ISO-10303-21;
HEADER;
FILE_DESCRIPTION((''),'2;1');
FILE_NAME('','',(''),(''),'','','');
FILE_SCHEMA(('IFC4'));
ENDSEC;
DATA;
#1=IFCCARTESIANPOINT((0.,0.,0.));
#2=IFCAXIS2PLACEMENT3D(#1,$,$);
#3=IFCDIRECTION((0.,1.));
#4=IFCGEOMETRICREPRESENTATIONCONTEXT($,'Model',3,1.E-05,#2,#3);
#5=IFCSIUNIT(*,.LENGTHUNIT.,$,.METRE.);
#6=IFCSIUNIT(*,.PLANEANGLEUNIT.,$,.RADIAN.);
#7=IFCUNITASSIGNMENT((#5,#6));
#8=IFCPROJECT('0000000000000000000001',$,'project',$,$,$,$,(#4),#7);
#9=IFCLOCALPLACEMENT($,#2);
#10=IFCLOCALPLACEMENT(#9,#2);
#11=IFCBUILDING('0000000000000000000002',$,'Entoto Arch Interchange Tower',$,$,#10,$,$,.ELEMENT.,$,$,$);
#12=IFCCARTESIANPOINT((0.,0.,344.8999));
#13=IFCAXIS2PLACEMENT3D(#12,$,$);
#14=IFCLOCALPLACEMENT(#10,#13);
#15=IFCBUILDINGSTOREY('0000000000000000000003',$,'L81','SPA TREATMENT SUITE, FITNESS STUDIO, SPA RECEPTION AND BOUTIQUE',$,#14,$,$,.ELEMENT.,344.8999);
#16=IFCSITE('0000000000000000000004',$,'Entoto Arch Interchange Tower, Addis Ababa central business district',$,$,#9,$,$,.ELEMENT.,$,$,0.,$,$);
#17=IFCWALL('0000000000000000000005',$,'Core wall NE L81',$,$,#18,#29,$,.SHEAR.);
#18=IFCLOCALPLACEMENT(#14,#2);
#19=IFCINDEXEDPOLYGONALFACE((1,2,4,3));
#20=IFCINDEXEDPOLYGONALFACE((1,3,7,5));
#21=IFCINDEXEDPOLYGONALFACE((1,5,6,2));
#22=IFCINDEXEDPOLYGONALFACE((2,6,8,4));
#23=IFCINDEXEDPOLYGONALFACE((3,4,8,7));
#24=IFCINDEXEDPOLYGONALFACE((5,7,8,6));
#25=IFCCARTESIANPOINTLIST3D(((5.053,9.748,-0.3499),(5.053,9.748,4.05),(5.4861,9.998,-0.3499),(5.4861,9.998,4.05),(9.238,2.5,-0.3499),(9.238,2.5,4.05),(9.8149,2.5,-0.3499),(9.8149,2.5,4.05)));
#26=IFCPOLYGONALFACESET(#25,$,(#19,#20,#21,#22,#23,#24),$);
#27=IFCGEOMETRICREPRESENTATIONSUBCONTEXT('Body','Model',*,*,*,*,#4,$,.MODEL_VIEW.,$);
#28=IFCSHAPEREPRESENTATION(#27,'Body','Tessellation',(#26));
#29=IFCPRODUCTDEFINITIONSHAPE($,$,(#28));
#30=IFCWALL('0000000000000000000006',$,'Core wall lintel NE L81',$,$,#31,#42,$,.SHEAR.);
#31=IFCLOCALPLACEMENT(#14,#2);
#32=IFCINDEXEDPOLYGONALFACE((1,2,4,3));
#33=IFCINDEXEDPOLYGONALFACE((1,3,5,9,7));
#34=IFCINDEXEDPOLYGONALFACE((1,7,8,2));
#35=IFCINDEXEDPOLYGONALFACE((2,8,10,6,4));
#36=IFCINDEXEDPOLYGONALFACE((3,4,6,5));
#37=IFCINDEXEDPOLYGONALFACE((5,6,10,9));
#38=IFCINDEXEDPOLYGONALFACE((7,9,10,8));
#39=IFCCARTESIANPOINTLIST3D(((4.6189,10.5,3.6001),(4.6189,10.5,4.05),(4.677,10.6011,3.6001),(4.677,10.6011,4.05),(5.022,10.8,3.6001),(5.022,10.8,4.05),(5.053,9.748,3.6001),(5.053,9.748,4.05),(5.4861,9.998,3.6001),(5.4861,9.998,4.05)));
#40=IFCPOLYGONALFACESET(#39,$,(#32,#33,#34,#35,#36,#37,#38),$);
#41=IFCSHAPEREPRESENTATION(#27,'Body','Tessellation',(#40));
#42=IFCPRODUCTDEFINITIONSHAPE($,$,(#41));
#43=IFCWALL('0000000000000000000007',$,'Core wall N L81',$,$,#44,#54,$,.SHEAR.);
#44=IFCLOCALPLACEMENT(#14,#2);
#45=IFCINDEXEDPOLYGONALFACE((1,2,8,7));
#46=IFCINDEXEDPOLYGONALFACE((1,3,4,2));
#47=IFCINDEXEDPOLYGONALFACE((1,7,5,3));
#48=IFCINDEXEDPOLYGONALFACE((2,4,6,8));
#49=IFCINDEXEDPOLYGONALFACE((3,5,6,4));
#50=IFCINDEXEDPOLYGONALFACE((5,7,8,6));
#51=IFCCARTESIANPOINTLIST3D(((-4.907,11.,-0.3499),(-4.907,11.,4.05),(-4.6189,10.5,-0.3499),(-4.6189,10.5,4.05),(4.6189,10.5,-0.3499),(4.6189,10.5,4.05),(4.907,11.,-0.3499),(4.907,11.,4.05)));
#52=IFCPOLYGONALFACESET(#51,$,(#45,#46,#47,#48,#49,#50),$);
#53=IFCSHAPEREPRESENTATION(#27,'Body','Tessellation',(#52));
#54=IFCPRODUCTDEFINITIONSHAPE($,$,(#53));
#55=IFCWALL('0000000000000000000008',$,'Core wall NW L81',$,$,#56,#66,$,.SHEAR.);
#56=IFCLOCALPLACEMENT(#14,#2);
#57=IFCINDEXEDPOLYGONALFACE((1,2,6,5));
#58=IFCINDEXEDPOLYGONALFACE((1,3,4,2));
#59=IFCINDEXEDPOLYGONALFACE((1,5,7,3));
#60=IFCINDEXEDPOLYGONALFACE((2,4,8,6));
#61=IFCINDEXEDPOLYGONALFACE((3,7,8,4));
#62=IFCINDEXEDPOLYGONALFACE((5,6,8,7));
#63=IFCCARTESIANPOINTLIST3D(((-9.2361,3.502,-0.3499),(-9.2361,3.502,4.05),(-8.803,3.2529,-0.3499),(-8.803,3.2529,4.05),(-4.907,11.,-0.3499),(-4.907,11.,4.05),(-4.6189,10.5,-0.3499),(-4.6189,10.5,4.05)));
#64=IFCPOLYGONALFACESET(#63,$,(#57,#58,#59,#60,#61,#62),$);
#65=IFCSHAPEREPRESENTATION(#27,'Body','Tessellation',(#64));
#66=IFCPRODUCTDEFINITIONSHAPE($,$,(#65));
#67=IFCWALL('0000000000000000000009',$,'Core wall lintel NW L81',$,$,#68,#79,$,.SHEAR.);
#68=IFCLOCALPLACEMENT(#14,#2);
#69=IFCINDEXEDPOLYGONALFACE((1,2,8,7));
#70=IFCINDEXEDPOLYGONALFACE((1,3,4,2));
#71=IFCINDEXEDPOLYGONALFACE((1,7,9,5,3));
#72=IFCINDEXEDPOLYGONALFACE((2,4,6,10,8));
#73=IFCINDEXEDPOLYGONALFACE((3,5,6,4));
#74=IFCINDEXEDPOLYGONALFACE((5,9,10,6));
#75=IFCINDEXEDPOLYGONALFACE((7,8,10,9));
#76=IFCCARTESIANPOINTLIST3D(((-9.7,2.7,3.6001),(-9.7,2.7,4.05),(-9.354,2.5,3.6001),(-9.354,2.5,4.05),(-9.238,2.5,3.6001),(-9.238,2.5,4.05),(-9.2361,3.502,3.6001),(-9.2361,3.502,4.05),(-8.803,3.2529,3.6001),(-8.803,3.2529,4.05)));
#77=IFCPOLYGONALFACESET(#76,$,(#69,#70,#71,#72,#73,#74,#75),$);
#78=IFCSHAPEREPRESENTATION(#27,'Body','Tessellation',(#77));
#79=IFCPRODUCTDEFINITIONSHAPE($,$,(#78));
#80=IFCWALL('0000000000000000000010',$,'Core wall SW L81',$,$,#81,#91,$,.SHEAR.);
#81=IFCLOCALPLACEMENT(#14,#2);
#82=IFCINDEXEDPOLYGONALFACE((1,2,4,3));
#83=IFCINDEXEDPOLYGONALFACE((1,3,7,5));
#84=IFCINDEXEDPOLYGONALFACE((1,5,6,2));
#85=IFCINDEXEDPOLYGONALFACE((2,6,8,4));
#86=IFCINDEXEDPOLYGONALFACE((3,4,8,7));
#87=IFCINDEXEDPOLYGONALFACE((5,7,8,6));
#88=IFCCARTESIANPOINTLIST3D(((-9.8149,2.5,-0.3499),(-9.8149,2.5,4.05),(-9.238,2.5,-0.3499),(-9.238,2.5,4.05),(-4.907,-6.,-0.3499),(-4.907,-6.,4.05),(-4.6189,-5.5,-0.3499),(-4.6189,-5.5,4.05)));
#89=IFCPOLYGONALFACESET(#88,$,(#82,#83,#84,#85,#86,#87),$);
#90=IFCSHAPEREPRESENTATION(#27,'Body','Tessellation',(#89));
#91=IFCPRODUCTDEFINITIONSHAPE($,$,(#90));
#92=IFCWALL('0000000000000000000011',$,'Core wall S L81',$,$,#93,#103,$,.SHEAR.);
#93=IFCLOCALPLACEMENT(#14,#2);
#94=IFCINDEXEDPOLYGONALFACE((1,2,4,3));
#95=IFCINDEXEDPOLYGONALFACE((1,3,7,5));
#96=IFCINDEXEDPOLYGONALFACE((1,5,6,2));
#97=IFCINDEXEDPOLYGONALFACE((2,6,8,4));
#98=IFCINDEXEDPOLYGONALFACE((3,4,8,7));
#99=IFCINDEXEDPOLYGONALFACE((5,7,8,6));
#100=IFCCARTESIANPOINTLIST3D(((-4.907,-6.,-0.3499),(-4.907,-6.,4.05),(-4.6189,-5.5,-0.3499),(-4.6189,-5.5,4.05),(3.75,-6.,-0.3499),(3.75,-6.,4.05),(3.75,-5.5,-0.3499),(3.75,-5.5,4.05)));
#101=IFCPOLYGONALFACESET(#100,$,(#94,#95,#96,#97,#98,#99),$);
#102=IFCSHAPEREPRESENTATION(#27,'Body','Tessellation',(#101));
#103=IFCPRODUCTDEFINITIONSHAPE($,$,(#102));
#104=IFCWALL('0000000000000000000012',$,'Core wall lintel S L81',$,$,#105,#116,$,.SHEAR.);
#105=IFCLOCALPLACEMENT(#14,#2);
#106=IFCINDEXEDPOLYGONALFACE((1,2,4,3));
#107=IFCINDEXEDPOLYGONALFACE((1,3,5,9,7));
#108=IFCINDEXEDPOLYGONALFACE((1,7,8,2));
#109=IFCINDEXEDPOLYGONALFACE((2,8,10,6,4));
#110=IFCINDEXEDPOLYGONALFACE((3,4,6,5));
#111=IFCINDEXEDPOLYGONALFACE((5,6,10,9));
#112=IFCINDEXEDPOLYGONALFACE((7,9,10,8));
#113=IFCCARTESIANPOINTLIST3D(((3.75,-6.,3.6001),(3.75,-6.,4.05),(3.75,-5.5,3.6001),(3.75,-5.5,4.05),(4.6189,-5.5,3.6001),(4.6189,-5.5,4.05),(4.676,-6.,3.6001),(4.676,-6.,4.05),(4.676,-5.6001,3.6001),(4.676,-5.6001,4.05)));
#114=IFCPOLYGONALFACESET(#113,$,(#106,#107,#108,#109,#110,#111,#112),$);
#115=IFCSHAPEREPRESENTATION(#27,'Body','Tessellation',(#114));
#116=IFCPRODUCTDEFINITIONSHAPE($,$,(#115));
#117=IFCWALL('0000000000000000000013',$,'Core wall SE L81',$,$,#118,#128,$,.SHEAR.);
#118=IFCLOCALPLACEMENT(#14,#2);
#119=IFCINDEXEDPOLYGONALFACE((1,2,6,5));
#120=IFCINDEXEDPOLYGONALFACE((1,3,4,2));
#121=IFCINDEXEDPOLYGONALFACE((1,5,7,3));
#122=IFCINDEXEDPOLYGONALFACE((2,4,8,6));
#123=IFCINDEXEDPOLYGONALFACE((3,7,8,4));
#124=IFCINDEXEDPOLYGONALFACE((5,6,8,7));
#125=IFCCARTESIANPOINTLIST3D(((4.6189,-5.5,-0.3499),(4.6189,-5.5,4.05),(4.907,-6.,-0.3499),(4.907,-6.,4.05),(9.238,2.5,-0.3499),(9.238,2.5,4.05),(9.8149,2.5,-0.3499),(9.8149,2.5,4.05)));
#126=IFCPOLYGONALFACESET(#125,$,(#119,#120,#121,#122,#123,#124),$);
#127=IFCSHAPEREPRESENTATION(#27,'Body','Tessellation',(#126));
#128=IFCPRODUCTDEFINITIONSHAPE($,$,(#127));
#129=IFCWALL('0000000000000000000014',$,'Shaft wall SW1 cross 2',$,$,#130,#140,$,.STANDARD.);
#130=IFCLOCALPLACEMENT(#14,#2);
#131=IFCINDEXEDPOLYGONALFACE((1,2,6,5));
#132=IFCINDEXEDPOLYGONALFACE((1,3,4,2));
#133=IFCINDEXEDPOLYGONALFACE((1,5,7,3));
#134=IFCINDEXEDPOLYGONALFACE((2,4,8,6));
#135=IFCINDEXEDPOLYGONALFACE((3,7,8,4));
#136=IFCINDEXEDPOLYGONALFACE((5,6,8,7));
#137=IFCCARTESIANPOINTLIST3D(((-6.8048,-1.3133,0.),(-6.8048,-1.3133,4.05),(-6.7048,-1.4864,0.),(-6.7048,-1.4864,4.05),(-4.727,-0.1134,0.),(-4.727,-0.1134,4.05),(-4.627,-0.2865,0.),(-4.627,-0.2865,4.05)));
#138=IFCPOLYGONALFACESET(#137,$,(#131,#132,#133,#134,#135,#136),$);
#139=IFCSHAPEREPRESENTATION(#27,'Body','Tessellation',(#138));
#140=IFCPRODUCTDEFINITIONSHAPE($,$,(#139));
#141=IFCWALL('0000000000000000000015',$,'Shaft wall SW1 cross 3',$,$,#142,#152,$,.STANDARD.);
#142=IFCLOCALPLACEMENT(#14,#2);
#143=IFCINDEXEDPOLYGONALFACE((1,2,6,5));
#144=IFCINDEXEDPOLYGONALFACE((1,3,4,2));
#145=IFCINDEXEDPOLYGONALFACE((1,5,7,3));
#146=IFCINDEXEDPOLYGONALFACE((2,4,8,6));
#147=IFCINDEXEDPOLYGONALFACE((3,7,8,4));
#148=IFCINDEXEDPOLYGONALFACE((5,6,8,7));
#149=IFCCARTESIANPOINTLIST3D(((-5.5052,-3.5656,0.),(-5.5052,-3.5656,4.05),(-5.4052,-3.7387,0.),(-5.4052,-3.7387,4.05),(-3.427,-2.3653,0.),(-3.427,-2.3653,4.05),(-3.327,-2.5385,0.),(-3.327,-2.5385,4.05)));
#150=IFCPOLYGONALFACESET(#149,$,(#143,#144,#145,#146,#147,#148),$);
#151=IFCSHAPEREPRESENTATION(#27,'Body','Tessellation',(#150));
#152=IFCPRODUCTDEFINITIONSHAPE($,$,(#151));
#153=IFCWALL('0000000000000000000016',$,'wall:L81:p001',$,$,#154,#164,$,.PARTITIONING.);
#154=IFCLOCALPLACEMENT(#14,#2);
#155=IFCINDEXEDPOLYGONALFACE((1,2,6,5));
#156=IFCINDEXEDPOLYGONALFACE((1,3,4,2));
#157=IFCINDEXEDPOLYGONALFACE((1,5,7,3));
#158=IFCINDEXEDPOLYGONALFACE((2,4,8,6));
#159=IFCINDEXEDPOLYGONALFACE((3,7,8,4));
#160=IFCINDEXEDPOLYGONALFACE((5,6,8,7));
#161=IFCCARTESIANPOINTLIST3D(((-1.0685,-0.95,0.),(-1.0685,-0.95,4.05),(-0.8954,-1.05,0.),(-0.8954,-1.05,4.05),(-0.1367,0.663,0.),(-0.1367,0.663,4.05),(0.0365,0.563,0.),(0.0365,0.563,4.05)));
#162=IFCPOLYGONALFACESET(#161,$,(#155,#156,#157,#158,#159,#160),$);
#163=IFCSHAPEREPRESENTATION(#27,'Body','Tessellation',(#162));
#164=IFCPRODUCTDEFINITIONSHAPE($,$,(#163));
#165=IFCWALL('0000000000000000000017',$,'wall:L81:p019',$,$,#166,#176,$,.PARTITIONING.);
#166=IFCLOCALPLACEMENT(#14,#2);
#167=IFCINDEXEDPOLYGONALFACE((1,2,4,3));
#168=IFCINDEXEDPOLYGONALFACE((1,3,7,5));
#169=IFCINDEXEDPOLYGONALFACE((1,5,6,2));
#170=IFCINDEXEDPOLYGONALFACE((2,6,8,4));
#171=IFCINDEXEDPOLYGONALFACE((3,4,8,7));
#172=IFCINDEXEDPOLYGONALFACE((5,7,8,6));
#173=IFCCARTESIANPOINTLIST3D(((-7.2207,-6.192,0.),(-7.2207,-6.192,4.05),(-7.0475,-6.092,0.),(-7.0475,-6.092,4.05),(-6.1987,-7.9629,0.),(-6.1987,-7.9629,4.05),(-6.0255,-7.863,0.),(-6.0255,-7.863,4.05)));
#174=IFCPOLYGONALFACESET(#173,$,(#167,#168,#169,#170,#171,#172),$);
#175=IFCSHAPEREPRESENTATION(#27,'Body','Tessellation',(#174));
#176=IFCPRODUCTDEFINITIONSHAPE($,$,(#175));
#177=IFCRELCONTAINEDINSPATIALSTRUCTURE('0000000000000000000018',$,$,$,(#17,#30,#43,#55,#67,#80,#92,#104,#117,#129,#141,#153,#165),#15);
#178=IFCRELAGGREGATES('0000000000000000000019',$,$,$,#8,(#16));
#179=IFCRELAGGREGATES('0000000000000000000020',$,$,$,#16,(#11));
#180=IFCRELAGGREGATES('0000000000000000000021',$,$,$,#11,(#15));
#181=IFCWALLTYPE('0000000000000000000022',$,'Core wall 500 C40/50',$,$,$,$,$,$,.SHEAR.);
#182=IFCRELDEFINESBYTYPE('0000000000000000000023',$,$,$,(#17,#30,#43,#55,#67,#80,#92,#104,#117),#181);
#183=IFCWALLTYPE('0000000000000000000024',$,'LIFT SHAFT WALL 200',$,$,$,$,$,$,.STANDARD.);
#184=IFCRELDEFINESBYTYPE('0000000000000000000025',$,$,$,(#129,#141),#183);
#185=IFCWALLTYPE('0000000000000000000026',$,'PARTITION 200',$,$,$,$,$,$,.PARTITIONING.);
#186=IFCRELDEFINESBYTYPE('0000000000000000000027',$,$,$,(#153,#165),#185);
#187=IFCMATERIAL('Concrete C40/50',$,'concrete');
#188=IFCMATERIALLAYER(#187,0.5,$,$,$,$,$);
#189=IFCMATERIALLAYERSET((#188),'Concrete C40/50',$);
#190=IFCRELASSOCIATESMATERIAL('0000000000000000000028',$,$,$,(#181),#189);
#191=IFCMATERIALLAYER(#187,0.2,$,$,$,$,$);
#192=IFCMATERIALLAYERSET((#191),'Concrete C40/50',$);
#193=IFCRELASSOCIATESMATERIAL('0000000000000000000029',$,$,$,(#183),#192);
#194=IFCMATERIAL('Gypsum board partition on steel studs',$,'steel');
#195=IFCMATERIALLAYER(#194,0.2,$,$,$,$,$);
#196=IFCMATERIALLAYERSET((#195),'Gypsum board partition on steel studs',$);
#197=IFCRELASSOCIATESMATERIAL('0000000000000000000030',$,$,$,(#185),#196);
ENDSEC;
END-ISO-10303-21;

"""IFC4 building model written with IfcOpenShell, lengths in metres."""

from ifc_helpers import new_model, si_unit, direction, frame, frame_2d, origin, place, context, subcontext, project, spatial, polyline, rectangle, outline, extrude, material, layer, layer_set, type_object, element, save


model = new_model("IFC4")

# Units and contexts
model_context = context("Model", 3, precision=1e-05, world=origin(), true_north=direction((0.0, 1.0)))
body_context = subcontext(model_context, "Body", "Model", "MODEL_VIEW")
ifc_project = project(units=[si_unit("LENGTHUNIT", "METRE"), si_unit("PLANEANGLEUNIT", "RADIAN")], contexts=[model_context])

# Site, building, storey
site_placement = place(None, origin())
site = spatial("IfcSite", under=ifc_project, at=site_placement, Name="Entoto Arch Interchange Tower, Addis Ababa central business district", CompositionType="ELEMENT", RefElevation=0.0)
building_placement = place(site_placement, origin())
building = spatial("IfcBuilding", under=site, at=building_placement, Name="Entoto Arch Interchange Tower", CompositionType="ELEMENT")
storey_placement = place(building_placement, frame((0.0, 0.0, 344.8999)))
storey = spatial("IfcBuildingStorey", under=building, at=storey_placement, Name="L81", Description="SPA TREATMENT SUITE, FITNESS STUDIO, SPA RECEPTION AND BOUTIQUE", CompositionType="ELEMENT", Elevation=344.8999)

# Shared definitions
ifc_material_1 = material(Name="Concrete C40/50", Category="concrete")

# Walls
ifc_layer_1 = layer(ifc_material_1, 0.5)
ifc_layer_set_1 = layer_set([ifc_layer_1], Name="Concrete C40/50")
wall_type_1 = type_object("IfcWallType", Name="Core wall 500 C40/50", PredefinedType="SHEAR", material=ifc_layer_set_1)
wall_1_placement = place(storey_placement, frame((0.0, 0.0, -0.3499)))
element("IfcWall", 1, at=wall_1_placement, inside=storey, type_object=wall_type_1, Name="Core wall NE L81", PredefinedType="SHEAR", context=body_context, shape_type="SweptSolid", body=[
    extrude(outline(polyline([(5.4861, 9.998), (5.053, 9.748), (9.238, 2.5), (9.8149, 2.5), (5.4861, 9.998)])), origin(), (0.0, 0.0, 1.0), 4.3999),
])
wall_2_placement = place(storey_placement, frame((0.0, 0.0, 3.6001)))
element("IfcWall", 2, at=wall_2_placement, inside=storey, type_object=wall_type_1, Name="Core wall lintel NE L81", PredefinedType="SHEAR", context=body_context, shape_type="SweptSolid", body=[
    extrude(outline(polyline([(5.022, 10.8), (4.677, 10.6011), (4.6189, 10.5), (5.053, 9.748), (5.4861, 9.998), (5.022, 10.8)])), origin(), (0.0, 0.0, 1.0), 0.45),
])
wall_3_placement = place(storey_placement, frame((0.0, 0.0, -0.3499)))
element("IfcWall", 3, at=wall_3_placement, inside=storey, type_object=wall_type_1, Name="Core wall N L81", PredefinedType="SHEAR", context=body_context, shape_type="SweptSolid", body=[
    extrude(outline(polyline([(4.907, 11.0), (-4.907, 11.0), (-4.6189, 10.5), (4.6189, 10.5), (4.907, 11.0)])), origin(), (0.0, 0.0, 1.0), 4.3999),
])
wall_4_placement = place(storey_placement, frame((0.0, 0.0, -0.3499)))
element("IfcWall", 4, at=wall_4_placement, inside=storey, type_object=wall_type_1, Name="Core wall NW L81", PredefinedType="SHEAR", context=body_context, shape_type="SweptSolid", body=[
    extrude(outline(polyline([(-9.2361, 3.502), (-8.803, 3.2529), (-4.6189, 10.5), (-4.907, 11.0), (-9.2361, 3.502)])), origin(), (0.0, 0.0, 1.0), 4.3999),
])
wall_5_placement = place(storey_placement, frame((0.0, 0.0, 3.6001)))
element("IfcWall", 5, at=wall_5_placement, inside=storey, type_object=wall_type_1, Name="Core wall lintel NW L81", PredefinedType="SHEAR", context=body_context, shape_type="SweptSolid", body=[
    extrude(outline(polyline([(-9.7, 2.7), (-9.354, 2.5), (-9.238, 2.5), (-8.803, 3.2529), (-9.2361, 3.502), (-9.7, 2.7)])), origin(), (0.0, 0.0, 1.0), 0.45),
])
wall_6_placement = place(storey_placement, frame((0.0, 0.0, -0.3499)))
element("IfcWall", 6, at=wall_6_placement, inside=storey, type_object=wall_type_1, Name="Core wall SW L81", PredefinedType="SHEAR", context=body_context, shape_type="SweptSolid", body=[
    extrude(outline(polyline([(-9.8149, 2.5), (-4.907, -6.0), (-4.6189, -5.5), (-9.238, 2.5), (-9.8149, 2.5)])), origin(), (0.0, 0.0, 1.0), 4.3999),
])
wall_7_placement = place(storey_placement, frame((0.0, 0.0, -0.3499)))
element("IfcWall", 7, at=wall_7_placement, inside=storey, type_object=wall_type_1, Name="Core wall S L81", PredefinedType="SHEAR", context=body_context, shape_type="SweptSolid", body=[
    extrude(outline(polyline([(3.75, -6.0), (3.75, -5.5), (-4.6189, -5.5), (-4.907, -6.0), (3.75, -6.0)])), origin(), (0.0, 0.0, 1.0), 4.3999),
])
wall_8_placement = place(storey_placement, frame((0.0, 0.0, 3.6001)))
element("IfcWall", 8, at=wall_8_placement, inside=storey, type_object=wall_type_1, Name="Core wall lintel S L81", PredefinedType="SHEAR", context=body_context, shape_type="SweptSolid", body=[
    extrude(outline(polyline([(4.676, -6.0), (4.676, -5.6001), (4.6189, -5.5), (3.75, -5.5), (3.75, -6.0), (4.676, -6.0)])), origin(), (0.0, 0.0, 1.0), 0.45),
])
wall_9_placement = place(storey_placement, frame((0.0, 0.0, -0.3499)))
element("IfcWall", 9, at=wall_9_placement, inside=storey, type_object=wall_type_1, Name="Core wall SE L81", PredefinedType="SHEAR", context=body_context, shape_type="SweptSolid", body=[
    extrude(outline(polyline([(4.907, -6.0), (9.8149, 2.5), (9.238, 2.5), (4.6189, -5.5), (4.907, -6.0)])), origin(), (0.0, 0.0, 1.0), 4.3999),
])
ifc_layer_2 = layer(ifc_material_1, 0.2)
ifc_layer_set_2 = layer_set([ifc_layer_2], Name="Concrete C40/50")
wall_type_2 = type_object("IfcWallType", Name="LIFT SHAFT WALL 200", PredefinedType="STANDARD", material=ifc_layer_set_2)
wall_10_placement = place(storey_placement, frame((-4.677, -0.2, 0.0), z_axis=(0.0, 0.0, 1.0), x_axis=(-0.865974, -0.500089, 0.0)))
element("IfcWall", 10, at=wall_10_placement, inside=storey, type_object=wall_type_2, Name="Shaft wall SW1 cross 2", PredefinedType="STANDARD", context=body_context, shape_type="SweptSolid", body=[
    extrude(rectangle(XDim=2.3994, YDim=0.2, at=frame_2d((1.1997, 0.0))), origin(), (0.0, 0.0, 1.0), 4.05),
])
wall_11_placement = place(storey_placement, frame((-3.377, -2.4519, 0.0), z_axis=(0.0, 0.0, 1.0), x_axis=(-0.865955, -0.500122, 0.0)))
element("IfcWall", 11, at=wall_11_placement, inside=storey, type_object=wall_type_2, Name="Shaft wall SW1 cross 3", PredefinedType="STANDARD", context=body_context, shape_type="SweptSolid", body=[
    extrude(rectangle(XDim=2.3999, YDim=0.2, at=frame_2d((1.2, 0.0))), origin(), (0.0, 0.0, 1.0), 4.05),
])
ifc_material_2 = material(Name="Gypsum board partition on steel studs", Category="steel")
ifc_layer_3 = layer(ifc_material_2, 0.2)
ifc_layer_set_3 = layer_set([ifc_layer_3], Name="Gypsum board partition on steel studs")
wall_type_3 = type_object("IfcWallType", Name="PARTITION 200", PredefinedType="PARTITIONING", material=ifc_layer_set_3)
wall_12_placement = place(storey_placement, frame((-0.9819, -1.0, 0.0), z_axis=(0.0, 0.0, 1.0), x_axis=(0.50024, 0.865887, 0.0)))
element("IfcWall", 12, at=wall_12_placement, inside=storey, type_object=wall_type_3, Name="wall:L81:p001", PredefinedType="PARTITIONING", context=body_context, shape_type="SweptSolid", body=[
    extrude(rectangle(XDim=1.8628, YDim=0.2, at=frame_2d((0.9314, 0.0))), origin(), (0.0, 0.0, 1.0), 4.05),
])
wall_13_placement = place(storey_placement, frame((-6.1121, -7.9131, 0.0), z_axis=(0.0, 0.0, 1.0), x_axis=(-0.499812, 0.866134, 0.0)))
element("IfcWall", 13, at=wall_13_placement, inside=storey, type_object=wall_type_3, Name="wall:L81:p019", PredefinedType="PARTITIONING", context=body_context, shape_type="SweptSolid", body=[
    extrude(rectangle(XDim=2.0447, YDim=0.2, at=frame_2d((1.0225, 0.0))), origin(), (0.0, 0.0, 1.0), 4.05),
])

save(model, "model.ifc")
